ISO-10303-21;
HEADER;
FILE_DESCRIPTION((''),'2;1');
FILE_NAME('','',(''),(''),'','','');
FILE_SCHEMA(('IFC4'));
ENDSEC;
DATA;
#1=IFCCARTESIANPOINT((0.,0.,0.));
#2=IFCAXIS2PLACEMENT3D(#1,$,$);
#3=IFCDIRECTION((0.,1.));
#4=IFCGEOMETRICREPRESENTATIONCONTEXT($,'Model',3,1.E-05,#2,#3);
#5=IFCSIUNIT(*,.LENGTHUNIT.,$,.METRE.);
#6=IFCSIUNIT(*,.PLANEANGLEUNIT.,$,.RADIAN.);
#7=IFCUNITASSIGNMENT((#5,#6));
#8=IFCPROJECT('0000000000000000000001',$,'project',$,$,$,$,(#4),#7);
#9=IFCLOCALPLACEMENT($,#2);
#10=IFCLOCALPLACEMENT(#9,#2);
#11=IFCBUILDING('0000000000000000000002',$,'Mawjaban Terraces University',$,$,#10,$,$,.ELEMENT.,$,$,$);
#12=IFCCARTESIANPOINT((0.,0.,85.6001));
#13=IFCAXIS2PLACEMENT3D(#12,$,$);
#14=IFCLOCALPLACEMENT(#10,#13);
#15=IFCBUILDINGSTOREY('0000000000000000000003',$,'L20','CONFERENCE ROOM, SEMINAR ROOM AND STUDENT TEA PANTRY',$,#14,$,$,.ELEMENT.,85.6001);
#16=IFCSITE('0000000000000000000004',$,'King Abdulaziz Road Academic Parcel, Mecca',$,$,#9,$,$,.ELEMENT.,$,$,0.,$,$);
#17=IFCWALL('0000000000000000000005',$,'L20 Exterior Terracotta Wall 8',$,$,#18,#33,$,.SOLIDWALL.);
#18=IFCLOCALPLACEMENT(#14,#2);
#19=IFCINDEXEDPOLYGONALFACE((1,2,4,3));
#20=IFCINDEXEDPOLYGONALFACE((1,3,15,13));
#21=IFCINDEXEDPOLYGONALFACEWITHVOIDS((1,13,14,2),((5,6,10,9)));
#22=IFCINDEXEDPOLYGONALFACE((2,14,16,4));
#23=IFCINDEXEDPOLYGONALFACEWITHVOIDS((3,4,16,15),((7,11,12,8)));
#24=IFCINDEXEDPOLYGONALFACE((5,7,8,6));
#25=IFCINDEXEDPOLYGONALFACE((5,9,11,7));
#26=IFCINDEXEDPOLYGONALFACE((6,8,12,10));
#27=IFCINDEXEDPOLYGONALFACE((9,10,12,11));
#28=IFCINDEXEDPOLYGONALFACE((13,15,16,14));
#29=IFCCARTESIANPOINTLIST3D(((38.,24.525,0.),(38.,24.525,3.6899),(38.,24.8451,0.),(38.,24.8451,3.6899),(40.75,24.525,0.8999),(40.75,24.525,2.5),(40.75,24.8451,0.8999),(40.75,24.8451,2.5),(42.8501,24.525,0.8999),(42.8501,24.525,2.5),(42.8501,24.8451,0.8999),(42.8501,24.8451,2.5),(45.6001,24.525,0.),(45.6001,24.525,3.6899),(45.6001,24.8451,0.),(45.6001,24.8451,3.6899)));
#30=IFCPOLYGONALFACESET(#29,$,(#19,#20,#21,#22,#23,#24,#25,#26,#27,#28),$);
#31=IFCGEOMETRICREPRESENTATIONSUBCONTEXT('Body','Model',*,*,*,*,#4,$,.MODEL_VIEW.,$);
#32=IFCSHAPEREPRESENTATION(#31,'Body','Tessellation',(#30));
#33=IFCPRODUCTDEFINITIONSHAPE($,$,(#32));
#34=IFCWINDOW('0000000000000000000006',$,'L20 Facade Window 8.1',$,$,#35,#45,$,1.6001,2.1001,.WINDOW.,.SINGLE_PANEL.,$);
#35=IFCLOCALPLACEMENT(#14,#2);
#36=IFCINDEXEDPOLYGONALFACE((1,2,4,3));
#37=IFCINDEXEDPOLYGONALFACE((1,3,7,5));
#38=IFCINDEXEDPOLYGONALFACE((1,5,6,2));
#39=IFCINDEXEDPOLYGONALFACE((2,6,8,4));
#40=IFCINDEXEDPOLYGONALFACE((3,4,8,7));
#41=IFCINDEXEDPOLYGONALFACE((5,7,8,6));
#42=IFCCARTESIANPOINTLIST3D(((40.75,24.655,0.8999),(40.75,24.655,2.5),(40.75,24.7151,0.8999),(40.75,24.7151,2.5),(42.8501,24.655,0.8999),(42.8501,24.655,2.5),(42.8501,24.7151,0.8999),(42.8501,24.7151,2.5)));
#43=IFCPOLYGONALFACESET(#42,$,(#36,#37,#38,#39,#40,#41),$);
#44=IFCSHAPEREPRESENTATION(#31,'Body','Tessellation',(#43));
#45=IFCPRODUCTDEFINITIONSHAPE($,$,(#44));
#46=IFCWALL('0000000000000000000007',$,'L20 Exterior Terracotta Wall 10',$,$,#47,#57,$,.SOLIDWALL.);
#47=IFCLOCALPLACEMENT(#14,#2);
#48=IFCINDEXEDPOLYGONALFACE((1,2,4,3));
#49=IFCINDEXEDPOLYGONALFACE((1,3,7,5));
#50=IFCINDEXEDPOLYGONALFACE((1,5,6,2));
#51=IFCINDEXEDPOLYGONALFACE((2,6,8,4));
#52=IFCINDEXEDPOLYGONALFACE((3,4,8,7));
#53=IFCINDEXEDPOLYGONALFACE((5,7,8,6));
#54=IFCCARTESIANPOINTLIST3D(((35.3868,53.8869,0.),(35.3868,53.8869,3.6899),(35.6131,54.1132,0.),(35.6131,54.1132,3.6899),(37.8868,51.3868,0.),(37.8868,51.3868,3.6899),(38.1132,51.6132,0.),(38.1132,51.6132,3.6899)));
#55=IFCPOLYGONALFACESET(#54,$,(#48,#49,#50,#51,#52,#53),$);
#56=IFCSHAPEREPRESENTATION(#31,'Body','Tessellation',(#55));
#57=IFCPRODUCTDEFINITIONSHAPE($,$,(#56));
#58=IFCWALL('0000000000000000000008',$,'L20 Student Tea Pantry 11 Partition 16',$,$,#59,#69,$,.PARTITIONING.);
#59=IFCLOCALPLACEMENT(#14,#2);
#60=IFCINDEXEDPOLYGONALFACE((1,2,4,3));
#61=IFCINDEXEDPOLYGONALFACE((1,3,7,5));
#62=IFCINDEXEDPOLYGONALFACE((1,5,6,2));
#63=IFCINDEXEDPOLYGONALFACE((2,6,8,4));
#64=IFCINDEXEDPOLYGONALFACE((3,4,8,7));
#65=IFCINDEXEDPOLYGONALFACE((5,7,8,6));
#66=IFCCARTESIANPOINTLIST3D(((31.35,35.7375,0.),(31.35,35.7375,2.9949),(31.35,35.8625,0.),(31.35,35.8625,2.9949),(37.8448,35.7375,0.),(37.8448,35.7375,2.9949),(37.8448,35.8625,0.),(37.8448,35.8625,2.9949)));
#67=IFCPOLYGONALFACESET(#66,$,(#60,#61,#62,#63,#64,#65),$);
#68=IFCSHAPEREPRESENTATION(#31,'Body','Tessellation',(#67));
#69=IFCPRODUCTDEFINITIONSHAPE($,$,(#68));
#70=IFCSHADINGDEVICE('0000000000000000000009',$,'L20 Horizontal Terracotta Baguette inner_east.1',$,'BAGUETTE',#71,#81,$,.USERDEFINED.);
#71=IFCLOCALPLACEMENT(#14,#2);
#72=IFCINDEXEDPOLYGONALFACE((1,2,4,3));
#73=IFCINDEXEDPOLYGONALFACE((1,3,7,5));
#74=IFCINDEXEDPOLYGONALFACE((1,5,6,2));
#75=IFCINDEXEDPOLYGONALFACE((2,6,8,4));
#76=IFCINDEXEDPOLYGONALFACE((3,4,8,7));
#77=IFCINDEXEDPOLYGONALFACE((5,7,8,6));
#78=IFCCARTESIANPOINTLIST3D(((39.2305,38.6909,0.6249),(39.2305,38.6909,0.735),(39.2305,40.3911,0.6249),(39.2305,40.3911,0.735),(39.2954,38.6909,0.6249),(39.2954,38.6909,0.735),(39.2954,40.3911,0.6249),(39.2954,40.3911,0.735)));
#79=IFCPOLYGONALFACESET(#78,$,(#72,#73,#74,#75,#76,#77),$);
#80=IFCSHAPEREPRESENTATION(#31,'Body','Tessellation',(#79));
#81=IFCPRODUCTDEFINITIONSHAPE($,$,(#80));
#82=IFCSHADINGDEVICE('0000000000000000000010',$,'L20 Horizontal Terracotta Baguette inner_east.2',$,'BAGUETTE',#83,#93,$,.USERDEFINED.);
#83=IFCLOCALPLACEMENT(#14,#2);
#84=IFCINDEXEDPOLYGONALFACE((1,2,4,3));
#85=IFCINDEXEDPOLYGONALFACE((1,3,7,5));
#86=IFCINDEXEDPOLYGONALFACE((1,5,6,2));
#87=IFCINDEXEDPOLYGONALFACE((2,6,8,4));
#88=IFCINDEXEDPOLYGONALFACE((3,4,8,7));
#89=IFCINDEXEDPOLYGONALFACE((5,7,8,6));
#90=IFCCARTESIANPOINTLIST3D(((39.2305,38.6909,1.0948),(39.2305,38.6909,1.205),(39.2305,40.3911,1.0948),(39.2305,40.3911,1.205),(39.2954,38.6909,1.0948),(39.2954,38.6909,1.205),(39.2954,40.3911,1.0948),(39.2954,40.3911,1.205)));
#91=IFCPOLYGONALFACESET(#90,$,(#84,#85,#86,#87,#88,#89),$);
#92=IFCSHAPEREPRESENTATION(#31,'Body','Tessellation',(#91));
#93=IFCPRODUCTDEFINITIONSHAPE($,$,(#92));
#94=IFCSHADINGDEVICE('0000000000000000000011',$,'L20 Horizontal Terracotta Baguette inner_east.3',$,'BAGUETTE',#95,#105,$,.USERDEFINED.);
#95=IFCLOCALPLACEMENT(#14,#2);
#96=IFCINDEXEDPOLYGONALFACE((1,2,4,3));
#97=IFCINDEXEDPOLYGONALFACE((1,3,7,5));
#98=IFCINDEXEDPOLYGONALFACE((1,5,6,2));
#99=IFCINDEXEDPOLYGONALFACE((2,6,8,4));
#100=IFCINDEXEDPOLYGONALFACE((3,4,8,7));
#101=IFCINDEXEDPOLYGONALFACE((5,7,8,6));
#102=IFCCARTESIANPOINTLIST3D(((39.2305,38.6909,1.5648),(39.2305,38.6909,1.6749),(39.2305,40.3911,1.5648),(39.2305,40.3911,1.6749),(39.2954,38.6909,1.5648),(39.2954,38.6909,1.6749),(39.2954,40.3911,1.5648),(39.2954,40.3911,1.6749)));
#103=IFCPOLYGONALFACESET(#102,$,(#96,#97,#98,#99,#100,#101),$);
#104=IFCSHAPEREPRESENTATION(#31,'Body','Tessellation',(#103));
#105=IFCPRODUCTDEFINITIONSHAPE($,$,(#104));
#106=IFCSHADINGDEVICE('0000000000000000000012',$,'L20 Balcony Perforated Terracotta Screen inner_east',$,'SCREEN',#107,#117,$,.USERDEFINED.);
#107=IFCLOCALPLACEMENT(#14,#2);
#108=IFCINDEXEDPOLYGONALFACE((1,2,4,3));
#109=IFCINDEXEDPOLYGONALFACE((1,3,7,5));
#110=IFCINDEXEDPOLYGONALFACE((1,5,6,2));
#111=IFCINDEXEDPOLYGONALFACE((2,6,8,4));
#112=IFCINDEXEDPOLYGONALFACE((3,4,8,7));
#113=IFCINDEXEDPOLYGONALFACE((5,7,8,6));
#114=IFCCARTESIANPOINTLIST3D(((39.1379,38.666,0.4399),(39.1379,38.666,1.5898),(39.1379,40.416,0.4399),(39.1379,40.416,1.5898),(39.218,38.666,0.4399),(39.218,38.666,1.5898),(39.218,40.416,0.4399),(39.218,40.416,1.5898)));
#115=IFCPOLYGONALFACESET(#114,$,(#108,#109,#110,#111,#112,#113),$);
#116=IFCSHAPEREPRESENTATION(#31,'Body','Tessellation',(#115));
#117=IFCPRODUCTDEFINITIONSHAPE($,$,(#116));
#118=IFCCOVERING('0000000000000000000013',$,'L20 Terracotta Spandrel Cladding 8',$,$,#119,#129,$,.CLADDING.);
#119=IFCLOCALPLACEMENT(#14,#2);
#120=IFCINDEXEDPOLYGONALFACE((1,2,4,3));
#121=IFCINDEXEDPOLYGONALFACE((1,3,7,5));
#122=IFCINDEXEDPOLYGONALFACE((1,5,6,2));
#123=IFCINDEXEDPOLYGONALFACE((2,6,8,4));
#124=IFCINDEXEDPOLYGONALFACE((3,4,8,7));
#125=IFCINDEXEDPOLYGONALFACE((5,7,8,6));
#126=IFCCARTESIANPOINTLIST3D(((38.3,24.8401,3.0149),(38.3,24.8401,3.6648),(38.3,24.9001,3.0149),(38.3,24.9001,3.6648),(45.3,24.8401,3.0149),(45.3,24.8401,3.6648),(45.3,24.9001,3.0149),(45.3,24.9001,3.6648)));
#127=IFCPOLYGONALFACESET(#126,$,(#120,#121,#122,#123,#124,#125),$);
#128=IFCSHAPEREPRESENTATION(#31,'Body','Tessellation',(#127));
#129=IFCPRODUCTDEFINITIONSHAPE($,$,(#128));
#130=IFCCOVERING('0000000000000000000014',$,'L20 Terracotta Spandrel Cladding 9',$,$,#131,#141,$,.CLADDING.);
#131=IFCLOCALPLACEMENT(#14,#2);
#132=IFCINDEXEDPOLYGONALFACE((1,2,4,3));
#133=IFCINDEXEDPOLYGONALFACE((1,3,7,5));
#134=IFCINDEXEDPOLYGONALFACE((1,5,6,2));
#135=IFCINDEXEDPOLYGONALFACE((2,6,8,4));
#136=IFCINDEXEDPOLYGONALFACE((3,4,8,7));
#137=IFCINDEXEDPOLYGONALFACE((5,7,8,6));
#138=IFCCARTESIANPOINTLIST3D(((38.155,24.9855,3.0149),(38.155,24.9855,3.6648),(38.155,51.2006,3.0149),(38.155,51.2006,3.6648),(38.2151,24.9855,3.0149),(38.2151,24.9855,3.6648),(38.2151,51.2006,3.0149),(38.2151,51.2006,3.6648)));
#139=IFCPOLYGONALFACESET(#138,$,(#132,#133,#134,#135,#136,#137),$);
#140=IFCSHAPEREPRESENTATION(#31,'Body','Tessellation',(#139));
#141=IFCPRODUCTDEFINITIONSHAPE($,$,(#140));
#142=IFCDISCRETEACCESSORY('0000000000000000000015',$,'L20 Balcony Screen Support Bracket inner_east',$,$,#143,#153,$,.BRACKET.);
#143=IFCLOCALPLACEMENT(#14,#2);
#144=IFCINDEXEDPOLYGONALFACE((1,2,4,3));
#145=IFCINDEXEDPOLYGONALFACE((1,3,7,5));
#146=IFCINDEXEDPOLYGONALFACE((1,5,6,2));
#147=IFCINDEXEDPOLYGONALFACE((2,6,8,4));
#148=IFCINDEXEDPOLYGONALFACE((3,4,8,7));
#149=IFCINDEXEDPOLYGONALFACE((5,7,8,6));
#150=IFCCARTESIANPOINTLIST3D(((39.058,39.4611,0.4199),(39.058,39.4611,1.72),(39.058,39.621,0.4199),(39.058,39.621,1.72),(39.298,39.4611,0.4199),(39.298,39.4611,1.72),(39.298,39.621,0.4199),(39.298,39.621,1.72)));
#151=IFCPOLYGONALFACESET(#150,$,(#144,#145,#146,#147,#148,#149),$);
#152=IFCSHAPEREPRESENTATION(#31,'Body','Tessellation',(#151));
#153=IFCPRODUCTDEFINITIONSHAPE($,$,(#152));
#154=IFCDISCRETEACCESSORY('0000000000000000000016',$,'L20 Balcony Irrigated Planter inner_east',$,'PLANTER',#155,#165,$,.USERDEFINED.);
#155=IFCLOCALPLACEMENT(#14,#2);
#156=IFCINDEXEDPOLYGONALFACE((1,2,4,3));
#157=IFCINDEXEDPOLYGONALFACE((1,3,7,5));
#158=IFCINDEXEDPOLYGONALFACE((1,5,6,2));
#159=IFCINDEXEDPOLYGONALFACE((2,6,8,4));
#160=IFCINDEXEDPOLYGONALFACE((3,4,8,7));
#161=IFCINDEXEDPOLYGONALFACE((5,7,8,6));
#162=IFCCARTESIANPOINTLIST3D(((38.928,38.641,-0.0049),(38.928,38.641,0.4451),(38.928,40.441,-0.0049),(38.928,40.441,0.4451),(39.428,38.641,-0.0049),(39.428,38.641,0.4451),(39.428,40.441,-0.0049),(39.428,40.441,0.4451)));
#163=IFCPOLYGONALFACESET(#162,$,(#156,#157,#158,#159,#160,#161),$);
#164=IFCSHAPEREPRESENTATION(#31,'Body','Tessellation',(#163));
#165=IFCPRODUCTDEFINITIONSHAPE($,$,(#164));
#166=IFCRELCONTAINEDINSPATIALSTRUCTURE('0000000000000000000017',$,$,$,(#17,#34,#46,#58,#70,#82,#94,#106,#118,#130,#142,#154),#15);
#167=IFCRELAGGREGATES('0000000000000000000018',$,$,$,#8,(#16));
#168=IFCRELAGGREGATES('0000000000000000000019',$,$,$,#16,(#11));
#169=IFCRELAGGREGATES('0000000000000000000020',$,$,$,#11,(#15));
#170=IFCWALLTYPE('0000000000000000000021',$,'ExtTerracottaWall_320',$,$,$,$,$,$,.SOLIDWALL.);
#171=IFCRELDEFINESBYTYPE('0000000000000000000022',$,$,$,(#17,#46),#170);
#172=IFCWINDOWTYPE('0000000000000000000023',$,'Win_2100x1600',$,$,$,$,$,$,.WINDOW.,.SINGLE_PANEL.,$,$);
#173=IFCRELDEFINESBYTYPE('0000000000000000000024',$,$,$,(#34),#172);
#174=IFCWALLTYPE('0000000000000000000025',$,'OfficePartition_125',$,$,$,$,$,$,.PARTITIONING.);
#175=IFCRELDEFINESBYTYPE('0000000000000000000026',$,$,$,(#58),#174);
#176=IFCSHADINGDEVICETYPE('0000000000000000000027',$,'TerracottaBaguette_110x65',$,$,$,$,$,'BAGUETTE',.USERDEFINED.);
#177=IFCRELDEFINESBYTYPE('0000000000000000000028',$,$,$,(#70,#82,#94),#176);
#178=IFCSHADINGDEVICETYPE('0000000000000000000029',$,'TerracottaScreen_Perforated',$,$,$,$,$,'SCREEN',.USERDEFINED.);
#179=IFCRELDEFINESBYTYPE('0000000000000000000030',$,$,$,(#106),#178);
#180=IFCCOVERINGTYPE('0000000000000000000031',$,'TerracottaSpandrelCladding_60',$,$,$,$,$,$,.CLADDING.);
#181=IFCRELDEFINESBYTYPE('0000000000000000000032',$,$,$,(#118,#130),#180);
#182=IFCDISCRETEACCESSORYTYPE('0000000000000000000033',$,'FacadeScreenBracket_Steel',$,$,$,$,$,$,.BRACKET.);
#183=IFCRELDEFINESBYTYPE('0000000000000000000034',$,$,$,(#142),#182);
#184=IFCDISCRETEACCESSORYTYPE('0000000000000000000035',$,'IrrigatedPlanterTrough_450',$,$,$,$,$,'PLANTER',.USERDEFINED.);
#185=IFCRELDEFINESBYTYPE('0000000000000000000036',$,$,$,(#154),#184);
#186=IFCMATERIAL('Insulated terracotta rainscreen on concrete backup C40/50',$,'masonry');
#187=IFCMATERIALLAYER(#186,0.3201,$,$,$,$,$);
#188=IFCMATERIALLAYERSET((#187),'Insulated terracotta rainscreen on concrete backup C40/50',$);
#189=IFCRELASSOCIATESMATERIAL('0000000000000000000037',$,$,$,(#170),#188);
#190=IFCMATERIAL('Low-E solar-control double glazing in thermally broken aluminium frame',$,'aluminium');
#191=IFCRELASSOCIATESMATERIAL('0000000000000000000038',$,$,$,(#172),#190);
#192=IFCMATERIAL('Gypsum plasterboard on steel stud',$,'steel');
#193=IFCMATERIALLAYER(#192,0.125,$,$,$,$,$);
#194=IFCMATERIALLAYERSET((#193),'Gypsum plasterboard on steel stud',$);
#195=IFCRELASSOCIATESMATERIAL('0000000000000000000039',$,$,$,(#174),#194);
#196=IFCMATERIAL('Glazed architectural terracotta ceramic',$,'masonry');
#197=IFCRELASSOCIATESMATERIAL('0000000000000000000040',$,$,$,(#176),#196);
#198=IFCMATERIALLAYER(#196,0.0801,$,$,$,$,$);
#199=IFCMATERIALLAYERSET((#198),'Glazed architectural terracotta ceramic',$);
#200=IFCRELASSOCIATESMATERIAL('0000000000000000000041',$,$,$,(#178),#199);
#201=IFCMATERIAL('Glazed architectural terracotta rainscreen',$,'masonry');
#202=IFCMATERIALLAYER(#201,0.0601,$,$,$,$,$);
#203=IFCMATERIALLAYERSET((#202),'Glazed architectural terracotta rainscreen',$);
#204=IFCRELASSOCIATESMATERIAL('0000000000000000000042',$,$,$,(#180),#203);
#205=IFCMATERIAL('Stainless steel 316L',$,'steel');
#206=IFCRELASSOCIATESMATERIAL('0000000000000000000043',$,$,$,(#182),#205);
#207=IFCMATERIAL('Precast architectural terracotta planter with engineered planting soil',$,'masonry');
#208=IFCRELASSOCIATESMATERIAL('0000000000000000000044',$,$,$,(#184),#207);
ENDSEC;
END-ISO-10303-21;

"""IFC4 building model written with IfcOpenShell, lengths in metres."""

from ifc_helpers import new_model, si_unit, direction, frame, frame_2d, origin, origin_2d, place, context, subcontext, project, spatial, rectangle, extrude, material, layer, layer_set, material_profile, profile_set, type_object, element, fill, save


model = new_model("IFC4")

# Units and contexts
model_context = context("Model", 3, precision=1e-05, world=origin(), true_north=direction((0.0, 1.0)))
body_context = subcontext(model_context, "Body", "Model", "MODEL_VIEW")
ifc_project = project(units=[si_unit("LENGTHUNIT", "METRE"), si_unit("PLANEANGLEUNIT", "RADIAN")], contexts=[model_context])

# Site, building, storey
site_placement = place(None, origin())
site = spatial("IfcSite", under=ifc_project, at=site_placement, Name="King Abdulaziz Road Academic Parcel, Mecca", CompositionType="ELEMENT", RefElevation=0.0)
building_placement = place(site_placement, origin())
building = spatial("IfcBuilding", under=site, at=building_placement, Name="Mawjaban Terraces University", CompositionType="ELEMENT")
storey_placement = place(building_placement, frame((0.0, 0.0, 85.6001)))
storey = spatial("IfcBuildingStorey", under=building, at=storey_placement, Name="L20", Description="CONFERENCE ROOM, SEMINAR ROOM AND STUDENT TEA PANTRY", CompositionType="ELEMENT", Elevation=85.6001)

# Wall, opening, window
ifc_material_1 = material(Name="Insulated terracotta rainscreen on concrete backup C40/50", Category="masonry")
ifc_layer_1 = layer(ifc_material_1, 0.3201)
ifc_layer_set_1 = layer_set([ifc_layer_1], Name="Insulated terracotta rainscreen on concrete backup C40/50")
wall_type_1 = type_object("IfcWallType", Name="ExtTerracottaWall_320", PredefinedType="SOLIDWALL", material=ifc_layer_set_1)
wall_1_placement = place(storey_placement, frame((45.6001, 24.6851, 0.0), z_axis=(0.0, 0.0, 1.0), x_axis=(-1.0, 0.0, 0.0)))
wall_1 = element("IfcWall", 1, at=wall_1_placement, inside=storey, type_object=wall_type_1, Name="L20 Exterior Terracotta Wall 8", PredefinedType="SOLIDWALL", context=body_context, shape_type="SweptSolid", body=[
    extrude(rectangle(XDim=7.6001, YDim=0.3201, at=frame_2d((3.8, 0.0))), origin(), (0.0, 0.0, 1.0), 3.6899),
])
opening_placement = place(wall_1_placement, frame((2.75, 0.0, 0.8999)))
opening = element("IfcOpeningElement", 2, at=opening_placement, cuts=wall_1, PredefinedType="OPENING", context=body_context, shape_type="SweptSolid", body=[
    extrude(rectangle(XDim=2.1001, YDim=1.6001, at=frame_2d((1.05, 0.8))), frame((0.0, 0.1699, 0.0), z_axis=(0.0, -1.0, 0.0), x_axis=(1.0, 0.0, 0.0)), (0.0, 0.0, 1.0), 0.3401),
])
ifc_material_2 = material(Name="Low-E solar-control double glazing in thermally broken aluminium frame", Category="aluminium")
window_type = type_object("IfcWindowType", Name="Win_2100x1600", PartitioningType="SINGLE_PANEL", PredefinedType="WINDOW", material=ifc_material_2)
window_placement = place(opening_placement, origin())
window = element("IfcWindow", 3, at=window_placement, inside=storey, type_object=window_type, Name="L20 Facade Window 8.1", OverallHeight=1.6001, OverallWidth=2.1001, PartitioningType="SINGLE_PANEL", PredefinedType="WINDOW", context=body_context, shape_type="SweptSolid", body=[
    extrude(rectangle(XDim=2.1001, YDim=1.6001, at=frame_2d((1.05, 0.8))), frame((0.0, 0.03, 0.0), z_axis=(0.0, -1.0, 0.0), x_axis=(1.0, 0.0, 0.0)), (0.0, 0.0, 1.0), 0.0601),
])
fill(opening, window)

# Walls
wall_2_placement = place(storey_placement, frame((38.0, 51.5, 0.0), z_axis=(0.0, 0.0, 1.0), x_axis=(-0.707107, 0.707107, 0.0)))
element("IfcWall", 4, at=wall_2_placement, inside=storey, type_object=wall_type_1, Name="L20 Exterior Terracotta Wall 10", PredefinedType="SOLIDWALL", context=body_context, shape_type="SweptSolid", body=[
    extrude(rectangle(XDim=3.5356, YDim=0.3201, at=frame_2d((1.7678, 0.0))), origin(), (0.0, 0.0, 1.0), 3.6899),
])
ifc_material_3 = material(Name="Gypsum plasterboard on steel stud", Category="steel")
ifc_layer_2 = layer(ifc_material_3, 0.125)
ifc_layer_set_2 = layer_set([ifc_layer_2], Name="Gypsum plasterboard on steel stud")
wall_type_2 = type_object("IfcWallType", Name="OfficePartition_125", PredefinedType="PARTITIONING", material=ifc_layer_set_2)
wall_3_placement = place(storey_placement, frame((37.845, 35.8, 0.0), z_axis=(0.0, 0.0, 1.0), x_axis=(-1.0, 0.0, 0.0)))
element("IfcWall", 5, at=wall_3_placement, inside=storey, type_object=wall_type_2, Name="L20 Student Tea Pantry 11 Partition 16", PredefinedType="PARTITIONING", context=body_context, shape_type="SweptSolid", body=[
    extrude(rectangle(XDim=6.4949, YDim=0.125, at=frame_2d((3.2476, 0.0))), origin(), (0.0, 0.0, 1.0), 2.9949),
])

# Shading devices
ifc_material_4 = material(Name="Glazed architectural terracotta ceramic", Category="masonry")
ifc_material_profile_1 = material_profile(ifc_material_4, rectangle(XDim=0.0649, YDim=0.1101, at=origin_2d()), Name="TBAG110X65")
ifc_profile_set_1 = profile_set([ifc_material_profile_1], Name="Glazed architectural terracotta ceramic")
shading_device_type_1 = type_object("IfcShadingDeviceType", Name="TerracottaBaguette_110x65", ElementType="BAGUETTE", PredefinedType="USERDEFINED", material=ifc_profile_set_1)
for number, where, z_axis, x_axis, name in (
    (6, (39.2629, 38.6909, 0.6799), (0.0, 1.0, 0.0), (-1.0, 0.0, 0.0), "L20 Horizontal Terracotta Baguette inner_east.1"),
    (7, (39.2629, 38.6909, 1.1499), (0.0, 1.0, 0.0), (-1.0, 0.0, 0.0), "L20 Horizontal Terracotta Baguette inner_east.2"),
    (8, (39.2629, 38.6909, 1.6199), (0.0, 1.0, 0.0), (-1.0, 0.0, 0.0), "L20 Horizontal Terracotta Baguette inner_east.3"),
):
    element("IfcShadingDevice", number, at=place(storey_placement, frame(where, z_axis=z_axis, x_axis=x_axis)), inside=storey, type_object=shading_device_type_1, Name=name, ObjectType="BAGUETTE", PredefinedType="USERDEFINED", context=body_context, shape_type="SweptSolid", body=[
        extrude(rectangle(XDim=0.0649, YDim=0.1101, at=origin_2d()), origin(), (0.0, 0.0, 1.0), 1.7002),
    ])
ifc_layer_3 = layer(ifc_material_4, 0.0801)
ifc_layer_set_3 = layer_set([ifc_layer_3], Name="Glazed architectural terracotta ceramic")
shading_device_type_2 = type_object("IfcShadingDeviceType", Name="TerracottaScreen_Perforated", ElementType="SCREEN", PredefinedType="USERDEFINED", material=ifc_layer_set_3)
shading_device_placement = place(storey_placement, frame((39.178, 39.541, 0.4399), z_axis=(0.0, 0.0, 1.0), x_axis=(0.0, 1.0, 0.0)))
element("IfcShadingDevice", 9, at=shading_device_placement, inside=storey, type_object=shading_device_type_2, Name="L20 Balcony Perforated Terracotta Screen inner_east", ObjectType="SCREEN", PredefinedType="USERDEFINED", context=body_context, shape_type="SweptSolid", body=[
    extrude(rectangle(XDim=1.75, YDim=0.0801, at=origin_2d()), origin(), (0.0, 0.0, 1.0), 1.1499),
])

# Coverings
ifc_material_5 = material(Name="Glazed architectural terracotta rainscreen", Category="masonry")
ifc_layer_4 = layer(ifc_material_5, 0.0601)
ifc_layer_set_4 = layer_set([ifc_layer_4], Name="Glazed architectural terracotta rainscreen")
covering_type = type_object("IfcCoveringType", Name="TerracottaSpandrelCladding_60", PredefinedType="CLADDING", material=ifc_layer_set_4)
covering_1_placement = place(storey_placement, frame((41.8, 24.8701, 3.0149), z_axis=(0.0, 0.0, 1.0), x_axis=(-1.0, 0.0, 0.0)))
element("IfcCovering", 10, at=covering_1_placement, inside=storey, type_object=covering_type, Name="L20 Terracotta Spandrel Cladding 8", PredefinedType="CLADDING", context=body_context, shape_type="SweptSolid", body=[
    extrude(rectangle(XDim=7.0, YDim=0.0601, at=origin_2d()), origin(), (0.0, 0.0, 1.0), 0.6499),
])
covering_2_placement = place(storey_placement, frame((38.1851, 38.093, 3.0149), z_axis=(0.0, 0.0, 1.0), x_axis=(0.0, 1.0, 0.0)))
element("IfcCovering", 11, at=covering_2_placement, inside=storey, type_object=covering_type, Name="L20 Terracotta Spandrel Cladding 9", PredefinedType="CLADDING", context=body_context, shape_type="SweptSolid", body=[
    extrude(rectangle(XDim=26.2151, YDim=0.0601, at=origin_2d()), origin(), (0.0, 0.0, 1.0), 0.6499),
])

# Discrete accessories
ifc_material_6 = material(Name="Stainless steel 316L", Category="steel")
discrete_accessory_type_1 = type_object("IfcDiscreteAccessoryType", Name="FacadeScreenBracket_Steel", PredefinedType="BRACKET", material=ifc_material_6)
discrete_accessory_1_placement = place(storey_placement, frame((39.178, 39.541, 0.4199), z_axis=(0.0, 0.0, 1.0), x_axis=(0.0, 1.0, 0.0)))
element("IfcDiscreteAccessory", 12, at=discrete_accessory_1_placement, inside=storey, type_object=discrete_accessory_type_1, Name="L20 Balcony Screen Support Bracket inner_east", PredefinedType="BRACKET", context=body_context, shape_type="SweptSolid", body=[
    extrude(rectangle(XDim=0.1599, YDim=0.24, at=origin_2d()), origin(), (0.0, 0.0, 1.0), 1.3),
])
ifc_material_7 = material(Name="Precast architectural terracotta planter with engineered planting soil", Category="masonry")
discrete_accessory_type_2 = type_object("IfcDiscreteAccessoryType", Name="IrrigatedPlanterTrough_450", ElementType="PLANTER", PredefinedType="USERDEFINED", material=ifc_material_7)
discrete_accessory_2_placement = place(storey_placement, frame((39.178, 39.541, -0.0049), z_axis=(0.0, 0.0, 1.0), x_axis=(0.0, 1.0, 0.0)))
element("IfcDiscreteAccessory", 13, at=discrete_accessory_2_placement, inside=storey, type_object=discrete_accessory_type_2, Name="L20 Balcony Irrigated Planter inner_east", ObjectType="PLANTER", PredefinedType="USERDEFINED", context=body_context, shape_type="SweptSolid", body=[
    extrude(rectangle(XDim=1.8, YDim=0.5, at=origin_2d()), origin(), (0.0, 0.0, 1.0), 0.45),
])

save(model, "model.ifc")
